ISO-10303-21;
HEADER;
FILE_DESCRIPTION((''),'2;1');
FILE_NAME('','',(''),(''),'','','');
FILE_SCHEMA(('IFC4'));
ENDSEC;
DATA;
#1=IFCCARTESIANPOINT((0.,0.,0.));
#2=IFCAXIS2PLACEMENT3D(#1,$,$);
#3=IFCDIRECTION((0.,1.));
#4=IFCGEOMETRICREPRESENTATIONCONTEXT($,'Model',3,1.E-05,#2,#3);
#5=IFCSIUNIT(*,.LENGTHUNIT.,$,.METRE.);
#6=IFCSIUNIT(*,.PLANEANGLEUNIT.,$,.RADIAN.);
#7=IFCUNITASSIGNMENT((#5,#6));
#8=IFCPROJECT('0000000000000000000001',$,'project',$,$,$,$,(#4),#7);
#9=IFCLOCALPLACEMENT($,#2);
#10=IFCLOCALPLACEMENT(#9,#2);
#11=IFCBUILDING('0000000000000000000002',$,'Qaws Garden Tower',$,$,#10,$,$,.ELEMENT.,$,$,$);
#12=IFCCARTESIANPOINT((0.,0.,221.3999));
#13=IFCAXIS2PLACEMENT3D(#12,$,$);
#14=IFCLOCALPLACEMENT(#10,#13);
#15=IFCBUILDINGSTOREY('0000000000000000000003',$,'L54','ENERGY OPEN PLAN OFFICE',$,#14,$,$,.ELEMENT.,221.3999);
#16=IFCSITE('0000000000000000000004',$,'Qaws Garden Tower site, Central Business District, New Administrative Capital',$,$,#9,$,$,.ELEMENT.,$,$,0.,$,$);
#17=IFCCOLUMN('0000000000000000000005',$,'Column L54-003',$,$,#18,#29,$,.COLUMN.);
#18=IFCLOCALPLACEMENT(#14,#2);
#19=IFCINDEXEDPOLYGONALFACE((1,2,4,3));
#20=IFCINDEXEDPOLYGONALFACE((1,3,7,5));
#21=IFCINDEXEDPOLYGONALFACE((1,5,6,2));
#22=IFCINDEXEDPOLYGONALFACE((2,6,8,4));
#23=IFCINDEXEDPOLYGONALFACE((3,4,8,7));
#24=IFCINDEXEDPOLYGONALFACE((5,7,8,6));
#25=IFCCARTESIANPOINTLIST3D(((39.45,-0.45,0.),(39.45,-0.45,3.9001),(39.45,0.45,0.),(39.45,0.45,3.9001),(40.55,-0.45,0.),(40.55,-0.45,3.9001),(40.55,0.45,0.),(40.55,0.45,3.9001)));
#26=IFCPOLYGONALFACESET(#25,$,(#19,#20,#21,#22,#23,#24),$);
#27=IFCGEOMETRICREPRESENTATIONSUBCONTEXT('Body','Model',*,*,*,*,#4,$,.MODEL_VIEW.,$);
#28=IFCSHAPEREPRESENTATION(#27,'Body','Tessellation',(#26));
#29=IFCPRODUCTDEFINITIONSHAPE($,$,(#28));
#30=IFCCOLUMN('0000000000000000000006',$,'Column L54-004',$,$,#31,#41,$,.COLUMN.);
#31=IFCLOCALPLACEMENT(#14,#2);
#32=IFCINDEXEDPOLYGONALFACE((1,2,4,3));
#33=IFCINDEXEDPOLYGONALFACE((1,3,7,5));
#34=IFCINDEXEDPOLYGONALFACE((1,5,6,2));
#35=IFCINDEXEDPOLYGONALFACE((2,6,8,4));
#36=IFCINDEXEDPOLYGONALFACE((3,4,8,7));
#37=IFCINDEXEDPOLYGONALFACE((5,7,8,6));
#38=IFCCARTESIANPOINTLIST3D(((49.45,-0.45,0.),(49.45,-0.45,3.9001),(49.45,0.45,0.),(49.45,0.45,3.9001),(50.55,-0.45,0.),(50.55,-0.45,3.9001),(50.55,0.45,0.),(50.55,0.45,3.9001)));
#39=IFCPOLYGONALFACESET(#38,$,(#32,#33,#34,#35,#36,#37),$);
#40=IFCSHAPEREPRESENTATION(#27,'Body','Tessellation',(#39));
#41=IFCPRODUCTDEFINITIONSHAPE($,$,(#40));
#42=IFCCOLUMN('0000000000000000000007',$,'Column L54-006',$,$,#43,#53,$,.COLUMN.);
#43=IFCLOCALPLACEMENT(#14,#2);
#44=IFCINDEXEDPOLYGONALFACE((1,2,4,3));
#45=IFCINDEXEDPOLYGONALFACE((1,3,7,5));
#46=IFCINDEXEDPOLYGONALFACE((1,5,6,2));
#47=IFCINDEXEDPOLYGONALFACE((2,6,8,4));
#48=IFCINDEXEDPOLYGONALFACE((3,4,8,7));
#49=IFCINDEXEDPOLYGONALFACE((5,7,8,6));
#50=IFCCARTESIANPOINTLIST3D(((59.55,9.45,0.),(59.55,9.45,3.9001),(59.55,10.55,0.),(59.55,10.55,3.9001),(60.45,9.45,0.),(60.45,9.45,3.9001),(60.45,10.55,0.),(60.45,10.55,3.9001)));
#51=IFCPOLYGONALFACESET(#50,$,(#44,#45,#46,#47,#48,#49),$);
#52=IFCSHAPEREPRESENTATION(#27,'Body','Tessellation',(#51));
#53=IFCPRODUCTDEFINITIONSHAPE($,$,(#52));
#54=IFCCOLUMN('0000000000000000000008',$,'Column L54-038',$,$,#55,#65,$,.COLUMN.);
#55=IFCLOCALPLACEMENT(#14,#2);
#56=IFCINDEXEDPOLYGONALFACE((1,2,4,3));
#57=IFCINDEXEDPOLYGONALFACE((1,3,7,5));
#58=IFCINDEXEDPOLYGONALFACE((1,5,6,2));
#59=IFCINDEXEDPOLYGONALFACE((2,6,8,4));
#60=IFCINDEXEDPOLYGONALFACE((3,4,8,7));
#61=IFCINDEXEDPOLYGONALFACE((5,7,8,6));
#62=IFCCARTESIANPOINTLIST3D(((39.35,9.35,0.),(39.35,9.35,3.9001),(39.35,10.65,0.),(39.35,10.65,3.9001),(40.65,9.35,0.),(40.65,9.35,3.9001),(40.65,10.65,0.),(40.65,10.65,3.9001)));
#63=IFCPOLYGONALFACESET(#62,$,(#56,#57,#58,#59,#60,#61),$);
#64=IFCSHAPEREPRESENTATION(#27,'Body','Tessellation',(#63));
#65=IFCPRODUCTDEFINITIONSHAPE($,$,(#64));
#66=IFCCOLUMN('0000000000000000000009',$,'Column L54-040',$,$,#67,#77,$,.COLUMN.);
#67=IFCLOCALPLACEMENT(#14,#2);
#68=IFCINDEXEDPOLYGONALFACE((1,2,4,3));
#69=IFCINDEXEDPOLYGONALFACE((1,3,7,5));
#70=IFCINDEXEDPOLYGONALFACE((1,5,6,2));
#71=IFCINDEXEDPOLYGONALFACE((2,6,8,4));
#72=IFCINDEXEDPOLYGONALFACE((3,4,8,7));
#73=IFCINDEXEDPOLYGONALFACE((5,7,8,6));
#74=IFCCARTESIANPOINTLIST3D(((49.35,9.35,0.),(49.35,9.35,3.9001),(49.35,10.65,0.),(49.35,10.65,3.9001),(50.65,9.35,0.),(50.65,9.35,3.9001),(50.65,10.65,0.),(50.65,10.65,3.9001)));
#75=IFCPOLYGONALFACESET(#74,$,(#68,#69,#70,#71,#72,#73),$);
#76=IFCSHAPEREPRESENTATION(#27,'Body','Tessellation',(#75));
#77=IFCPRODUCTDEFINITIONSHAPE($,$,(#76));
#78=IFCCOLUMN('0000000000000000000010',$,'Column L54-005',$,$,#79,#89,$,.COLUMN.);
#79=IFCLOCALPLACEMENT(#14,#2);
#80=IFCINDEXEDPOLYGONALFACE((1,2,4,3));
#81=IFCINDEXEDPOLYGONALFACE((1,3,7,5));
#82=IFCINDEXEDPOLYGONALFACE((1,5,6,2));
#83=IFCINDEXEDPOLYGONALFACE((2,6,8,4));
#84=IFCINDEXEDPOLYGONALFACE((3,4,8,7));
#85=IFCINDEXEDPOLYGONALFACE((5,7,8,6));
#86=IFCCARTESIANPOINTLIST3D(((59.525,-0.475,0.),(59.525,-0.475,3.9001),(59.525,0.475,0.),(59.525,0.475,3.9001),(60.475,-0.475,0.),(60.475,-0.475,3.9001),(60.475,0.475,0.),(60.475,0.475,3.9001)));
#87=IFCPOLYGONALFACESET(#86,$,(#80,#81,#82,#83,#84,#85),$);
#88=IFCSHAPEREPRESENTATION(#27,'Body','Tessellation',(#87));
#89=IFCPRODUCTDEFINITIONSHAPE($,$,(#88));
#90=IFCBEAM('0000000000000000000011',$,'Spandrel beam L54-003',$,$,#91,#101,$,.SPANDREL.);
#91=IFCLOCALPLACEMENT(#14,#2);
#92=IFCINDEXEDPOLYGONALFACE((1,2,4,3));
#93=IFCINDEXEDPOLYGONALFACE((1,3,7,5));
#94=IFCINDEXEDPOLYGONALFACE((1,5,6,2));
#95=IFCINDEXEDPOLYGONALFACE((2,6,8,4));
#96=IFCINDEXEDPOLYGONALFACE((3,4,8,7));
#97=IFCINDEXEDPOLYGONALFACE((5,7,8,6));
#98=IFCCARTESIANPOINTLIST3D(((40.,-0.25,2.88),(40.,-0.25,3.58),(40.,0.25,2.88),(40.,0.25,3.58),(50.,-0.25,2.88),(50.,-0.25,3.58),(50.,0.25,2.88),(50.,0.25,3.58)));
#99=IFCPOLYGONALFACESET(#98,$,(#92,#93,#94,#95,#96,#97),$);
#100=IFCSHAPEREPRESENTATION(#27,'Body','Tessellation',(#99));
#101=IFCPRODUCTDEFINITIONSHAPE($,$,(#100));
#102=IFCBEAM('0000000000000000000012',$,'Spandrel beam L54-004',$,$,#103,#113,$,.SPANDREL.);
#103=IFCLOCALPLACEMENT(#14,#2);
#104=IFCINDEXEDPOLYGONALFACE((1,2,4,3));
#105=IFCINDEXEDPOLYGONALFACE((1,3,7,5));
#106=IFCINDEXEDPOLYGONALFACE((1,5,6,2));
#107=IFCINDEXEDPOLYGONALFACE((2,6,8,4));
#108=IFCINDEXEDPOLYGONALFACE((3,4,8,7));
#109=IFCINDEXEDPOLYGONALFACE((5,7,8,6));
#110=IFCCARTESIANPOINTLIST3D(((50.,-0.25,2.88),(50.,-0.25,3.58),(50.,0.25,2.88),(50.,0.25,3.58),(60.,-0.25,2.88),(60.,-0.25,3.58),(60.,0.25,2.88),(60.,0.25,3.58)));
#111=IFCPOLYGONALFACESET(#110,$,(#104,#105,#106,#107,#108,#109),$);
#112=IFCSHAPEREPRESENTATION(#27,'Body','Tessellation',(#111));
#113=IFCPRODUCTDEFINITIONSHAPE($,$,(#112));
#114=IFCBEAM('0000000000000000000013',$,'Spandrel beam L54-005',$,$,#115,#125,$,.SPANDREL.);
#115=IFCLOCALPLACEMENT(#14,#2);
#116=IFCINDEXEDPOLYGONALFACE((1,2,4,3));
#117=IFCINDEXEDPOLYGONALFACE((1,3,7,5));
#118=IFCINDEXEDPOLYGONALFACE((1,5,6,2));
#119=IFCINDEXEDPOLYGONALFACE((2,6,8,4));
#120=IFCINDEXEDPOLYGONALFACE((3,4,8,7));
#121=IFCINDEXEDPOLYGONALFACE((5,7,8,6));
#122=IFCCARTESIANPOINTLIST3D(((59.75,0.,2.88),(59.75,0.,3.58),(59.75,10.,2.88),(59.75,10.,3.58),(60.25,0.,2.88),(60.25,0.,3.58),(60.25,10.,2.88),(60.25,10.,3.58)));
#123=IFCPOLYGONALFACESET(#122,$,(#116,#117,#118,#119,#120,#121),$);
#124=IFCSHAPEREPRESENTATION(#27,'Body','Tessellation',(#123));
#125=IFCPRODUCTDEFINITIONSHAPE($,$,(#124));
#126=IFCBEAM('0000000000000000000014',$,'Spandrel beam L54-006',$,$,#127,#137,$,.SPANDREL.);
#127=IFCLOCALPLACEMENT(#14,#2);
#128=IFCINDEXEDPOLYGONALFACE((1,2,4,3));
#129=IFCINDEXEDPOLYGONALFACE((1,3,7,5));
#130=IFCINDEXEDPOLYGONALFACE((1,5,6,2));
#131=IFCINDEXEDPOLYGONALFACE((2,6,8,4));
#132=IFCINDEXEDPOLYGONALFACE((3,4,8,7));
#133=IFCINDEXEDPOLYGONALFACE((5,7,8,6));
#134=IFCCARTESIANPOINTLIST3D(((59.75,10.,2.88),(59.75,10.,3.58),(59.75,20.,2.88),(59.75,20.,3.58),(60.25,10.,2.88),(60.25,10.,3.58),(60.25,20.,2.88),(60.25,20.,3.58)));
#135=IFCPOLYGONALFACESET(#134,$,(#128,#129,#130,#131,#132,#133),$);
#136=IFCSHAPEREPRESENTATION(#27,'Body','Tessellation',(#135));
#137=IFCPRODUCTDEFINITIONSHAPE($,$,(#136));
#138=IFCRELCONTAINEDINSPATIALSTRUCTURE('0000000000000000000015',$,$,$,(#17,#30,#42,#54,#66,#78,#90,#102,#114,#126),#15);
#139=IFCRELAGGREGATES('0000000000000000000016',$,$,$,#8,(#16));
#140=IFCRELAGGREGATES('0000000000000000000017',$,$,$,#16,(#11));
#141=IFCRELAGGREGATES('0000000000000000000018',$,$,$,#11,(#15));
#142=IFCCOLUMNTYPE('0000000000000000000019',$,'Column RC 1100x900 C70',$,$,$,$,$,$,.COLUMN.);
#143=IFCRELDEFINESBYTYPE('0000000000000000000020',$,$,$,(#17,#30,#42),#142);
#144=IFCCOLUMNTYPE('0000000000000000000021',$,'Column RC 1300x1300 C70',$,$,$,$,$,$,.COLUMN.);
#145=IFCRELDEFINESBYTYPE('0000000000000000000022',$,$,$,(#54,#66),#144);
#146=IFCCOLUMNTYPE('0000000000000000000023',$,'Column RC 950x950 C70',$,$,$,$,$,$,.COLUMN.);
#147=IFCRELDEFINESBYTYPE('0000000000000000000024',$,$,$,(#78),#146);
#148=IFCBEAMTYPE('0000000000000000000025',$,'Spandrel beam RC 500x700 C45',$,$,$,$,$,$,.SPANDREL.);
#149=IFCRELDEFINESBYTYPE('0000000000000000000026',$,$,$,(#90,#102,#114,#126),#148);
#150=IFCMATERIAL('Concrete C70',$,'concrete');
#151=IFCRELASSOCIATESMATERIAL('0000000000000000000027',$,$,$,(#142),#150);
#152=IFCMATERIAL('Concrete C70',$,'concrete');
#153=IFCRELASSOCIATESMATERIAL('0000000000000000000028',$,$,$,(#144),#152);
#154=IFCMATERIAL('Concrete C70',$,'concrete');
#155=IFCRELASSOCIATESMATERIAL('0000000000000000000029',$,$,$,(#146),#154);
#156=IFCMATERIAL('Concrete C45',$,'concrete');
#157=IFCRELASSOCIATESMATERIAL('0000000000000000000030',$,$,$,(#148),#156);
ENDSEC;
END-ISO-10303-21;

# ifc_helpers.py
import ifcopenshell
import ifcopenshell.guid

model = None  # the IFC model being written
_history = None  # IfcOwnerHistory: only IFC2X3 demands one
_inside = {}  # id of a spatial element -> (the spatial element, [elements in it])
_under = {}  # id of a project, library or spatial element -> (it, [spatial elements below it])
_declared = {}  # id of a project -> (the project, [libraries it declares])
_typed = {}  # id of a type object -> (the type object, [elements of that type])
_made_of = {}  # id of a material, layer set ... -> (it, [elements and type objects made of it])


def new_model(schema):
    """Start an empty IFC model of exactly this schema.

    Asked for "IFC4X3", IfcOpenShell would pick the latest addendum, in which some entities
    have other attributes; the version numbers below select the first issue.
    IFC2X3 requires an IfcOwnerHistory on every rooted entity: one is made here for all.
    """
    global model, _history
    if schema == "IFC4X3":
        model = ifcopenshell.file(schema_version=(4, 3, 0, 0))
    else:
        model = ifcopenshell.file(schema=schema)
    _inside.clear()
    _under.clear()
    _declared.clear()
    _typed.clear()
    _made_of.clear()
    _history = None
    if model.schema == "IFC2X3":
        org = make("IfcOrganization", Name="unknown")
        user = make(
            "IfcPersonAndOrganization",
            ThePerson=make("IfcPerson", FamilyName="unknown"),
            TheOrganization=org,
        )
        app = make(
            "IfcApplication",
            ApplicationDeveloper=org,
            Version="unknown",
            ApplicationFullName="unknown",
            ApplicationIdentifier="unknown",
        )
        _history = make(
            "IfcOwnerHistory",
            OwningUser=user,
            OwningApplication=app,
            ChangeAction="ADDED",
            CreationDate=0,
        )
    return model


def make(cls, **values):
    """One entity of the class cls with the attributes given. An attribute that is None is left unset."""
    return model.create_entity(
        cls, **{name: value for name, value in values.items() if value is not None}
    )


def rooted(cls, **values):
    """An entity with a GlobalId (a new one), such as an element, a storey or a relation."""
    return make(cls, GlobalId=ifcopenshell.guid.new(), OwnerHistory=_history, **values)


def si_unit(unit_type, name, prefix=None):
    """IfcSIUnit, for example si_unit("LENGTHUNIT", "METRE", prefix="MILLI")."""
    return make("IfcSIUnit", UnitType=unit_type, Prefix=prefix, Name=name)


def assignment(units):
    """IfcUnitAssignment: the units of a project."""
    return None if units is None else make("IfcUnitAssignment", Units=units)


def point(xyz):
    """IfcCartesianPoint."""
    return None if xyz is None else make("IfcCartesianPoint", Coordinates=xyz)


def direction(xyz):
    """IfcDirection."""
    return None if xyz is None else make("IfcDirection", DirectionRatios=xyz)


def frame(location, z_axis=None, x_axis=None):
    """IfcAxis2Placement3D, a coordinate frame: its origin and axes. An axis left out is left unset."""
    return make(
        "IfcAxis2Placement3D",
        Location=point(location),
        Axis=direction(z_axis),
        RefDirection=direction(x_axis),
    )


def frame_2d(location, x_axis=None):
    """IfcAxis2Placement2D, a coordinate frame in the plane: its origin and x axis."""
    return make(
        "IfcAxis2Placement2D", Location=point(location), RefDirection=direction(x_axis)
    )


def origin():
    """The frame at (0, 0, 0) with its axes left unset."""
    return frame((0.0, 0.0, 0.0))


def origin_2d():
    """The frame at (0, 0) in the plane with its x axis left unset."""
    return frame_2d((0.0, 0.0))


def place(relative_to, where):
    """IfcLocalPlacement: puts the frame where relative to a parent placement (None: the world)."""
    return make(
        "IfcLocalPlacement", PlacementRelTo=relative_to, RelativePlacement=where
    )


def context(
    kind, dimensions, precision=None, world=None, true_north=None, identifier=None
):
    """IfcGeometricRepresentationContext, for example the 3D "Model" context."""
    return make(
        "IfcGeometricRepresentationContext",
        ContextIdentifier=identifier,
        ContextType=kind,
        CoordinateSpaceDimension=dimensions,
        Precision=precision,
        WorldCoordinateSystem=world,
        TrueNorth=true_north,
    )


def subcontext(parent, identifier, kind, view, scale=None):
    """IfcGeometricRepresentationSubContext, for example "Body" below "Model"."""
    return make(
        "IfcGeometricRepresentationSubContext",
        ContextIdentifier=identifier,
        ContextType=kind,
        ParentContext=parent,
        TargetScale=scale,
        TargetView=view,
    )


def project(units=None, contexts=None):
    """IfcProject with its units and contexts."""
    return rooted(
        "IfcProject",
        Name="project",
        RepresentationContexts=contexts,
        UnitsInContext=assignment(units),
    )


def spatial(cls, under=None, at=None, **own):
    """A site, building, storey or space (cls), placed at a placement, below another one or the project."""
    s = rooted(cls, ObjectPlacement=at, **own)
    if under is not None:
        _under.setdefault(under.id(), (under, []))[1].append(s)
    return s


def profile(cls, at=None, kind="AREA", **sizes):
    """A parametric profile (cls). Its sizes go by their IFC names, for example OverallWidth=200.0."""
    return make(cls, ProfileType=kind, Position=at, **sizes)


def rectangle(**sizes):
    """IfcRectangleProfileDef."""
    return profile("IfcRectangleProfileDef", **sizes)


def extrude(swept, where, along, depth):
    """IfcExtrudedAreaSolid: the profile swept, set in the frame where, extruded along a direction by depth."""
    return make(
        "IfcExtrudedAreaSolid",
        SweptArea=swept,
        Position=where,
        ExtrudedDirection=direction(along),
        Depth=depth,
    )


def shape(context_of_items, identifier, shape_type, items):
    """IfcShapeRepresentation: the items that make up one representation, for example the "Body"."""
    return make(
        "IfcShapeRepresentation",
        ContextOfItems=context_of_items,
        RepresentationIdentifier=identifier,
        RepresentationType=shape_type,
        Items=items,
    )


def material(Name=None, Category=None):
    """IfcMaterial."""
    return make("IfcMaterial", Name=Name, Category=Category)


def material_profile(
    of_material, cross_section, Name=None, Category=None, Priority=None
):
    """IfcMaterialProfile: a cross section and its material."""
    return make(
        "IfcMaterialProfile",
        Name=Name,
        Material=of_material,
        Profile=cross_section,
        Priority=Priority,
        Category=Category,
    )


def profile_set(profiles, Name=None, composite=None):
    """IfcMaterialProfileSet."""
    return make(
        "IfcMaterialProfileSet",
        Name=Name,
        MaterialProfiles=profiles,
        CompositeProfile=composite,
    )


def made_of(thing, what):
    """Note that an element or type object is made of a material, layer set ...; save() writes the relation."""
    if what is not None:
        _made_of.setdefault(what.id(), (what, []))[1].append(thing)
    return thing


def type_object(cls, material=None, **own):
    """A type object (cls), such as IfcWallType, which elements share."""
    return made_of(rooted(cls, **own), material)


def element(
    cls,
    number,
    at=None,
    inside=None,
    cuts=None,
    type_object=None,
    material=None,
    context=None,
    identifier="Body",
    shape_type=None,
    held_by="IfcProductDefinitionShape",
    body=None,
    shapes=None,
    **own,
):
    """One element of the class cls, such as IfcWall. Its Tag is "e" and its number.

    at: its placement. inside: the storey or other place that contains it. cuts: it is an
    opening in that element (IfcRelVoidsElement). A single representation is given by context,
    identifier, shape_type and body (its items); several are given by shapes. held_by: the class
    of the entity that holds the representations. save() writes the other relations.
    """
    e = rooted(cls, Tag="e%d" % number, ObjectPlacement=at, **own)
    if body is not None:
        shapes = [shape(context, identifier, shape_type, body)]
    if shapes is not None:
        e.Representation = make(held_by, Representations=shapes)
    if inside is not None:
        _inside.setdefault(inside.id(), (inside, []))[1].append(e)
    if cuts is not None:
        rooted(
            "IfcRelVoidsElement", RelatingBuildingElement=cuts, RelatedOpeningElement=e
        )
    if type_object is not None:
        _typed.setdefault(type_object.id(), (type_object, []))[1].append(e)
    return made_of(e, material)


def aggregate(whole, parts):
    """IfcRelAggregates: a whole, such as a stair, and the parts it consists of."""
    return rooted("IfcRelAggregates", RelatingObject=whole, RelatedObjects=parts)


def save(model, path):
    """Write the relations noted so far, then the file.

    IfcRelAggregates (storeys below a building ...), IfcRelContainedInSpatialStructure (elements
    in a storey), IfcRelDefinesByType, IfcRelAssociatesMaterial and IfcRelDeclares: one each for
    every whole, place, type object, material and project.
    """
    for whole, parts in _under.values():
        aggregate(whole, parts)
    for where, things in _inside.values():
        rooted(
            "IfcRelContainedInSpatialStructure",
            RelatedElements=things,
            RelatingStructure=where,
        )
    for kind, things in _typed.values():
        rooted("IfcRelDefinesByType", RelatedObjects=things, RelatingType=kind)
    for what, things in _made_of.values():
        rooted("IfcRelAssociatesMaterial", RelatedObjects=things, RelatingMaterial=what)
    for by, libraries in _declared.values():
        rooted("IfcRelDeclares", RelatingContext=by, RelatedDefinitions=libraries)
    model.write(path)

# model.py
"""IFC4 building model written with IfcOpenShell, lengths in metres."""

from ifc_helpers import new_model, si_unit, direction, frame, origin, origin_2d, place, context, subcontext, project, spatial, rectangle, extrude, material, material_profile, profile_set, type_object, element, save


model = new_model("IFC4")

# Units and contexts
model_context = context("Model", 3, precision=1e-05, world=origin(), true_north=direction((0.0, 1.0)))
body_context = subcontext(model_context, "Body", "Model", "MODEL_VIEW")
ifc_project = project(units=[si_unit("LENGTHUNIT", "METRE"), si_unit("PLANEANGLEUNIT", "RADIAN")], contexts=[model_context])

# Site, building, storey
site_placement = place(None, origin())
site = spatial("IfcSite", under=ifc_project, at=site_placement, Name="Qaws Garden Tower site, Central Business District, New Administrative Capital", CompositionType="ELEMENT", RefElevation=0.0)
building_placement = place(site_placement, origin())
building = spatial("IfcBuilding", under=site, at=building_placement, Name="Qaws Garden Tower", CompositionType="ELEMENT")
storey_placement = place(building_placement, frame((0.0, 0.0, 221.3999)))
storey = spatial("IfcBuildingStorey", under=building, at=storey_placement, Name="L54", Description="ENERGY OPEN PLAN OFFICE", CompositionType="ELEMENT", Elevation=221.3999)

# Columns
ifc_material_1 = material(Name="Concrete C70", Category="concrete")
ifc_material_profile_1 = material_profile(ifc_material_1, rectangle(XDim=1.1001, YDim=0.8999, at=origin_2d()), Name="RC 1100x900")
ifc_profile_set_1 = profile_set([ifc_material_profile_1], Name="Concrete C70")
column_type_1 = type_object("IfcColumnType", Name="Column RC 1100x900 C70", PredefinedType="COLUMN", material=ifc_profile_set_1)
for number, where, z_axis, x_axis, name in (
    (1, (40.0, 0.0, 0.0), (0.0, 0.0, 1.0), (1.0, 0.0, 0.0), "Column L54-003"),
    (2, (50.0, 0.0, 0.0), (0.0, 0.0, 1.0), (1.0, 0.0, 0.0), "Column L54-004"),
    (3, (60.0, 10.0, 0.0), (0.0, 0.0, 1.0), (0.0, 1.0, 0.0), "Column L54-006"),
):
    element("IfcColumn", number, at=place(storey_placement, frame(where, z_axis=z_axis, x_axis=x_axis)), inside=storey, type_object=column_type_1, Name=name, PredefinedType="COLUMN", context=body_context, shape_type="SweptSolid", body=[
        extrude(rectangle(XDim=1.1001, YDim=0.8999, at=origin_2d()), origin(), (0.0, 0.0, 1.0), 3.9001),
    ])
ifc_material_2 = material(Name="Concrete C70", Category="concrete")
ifc_material_profile_2 = material_profile(ifc_material_2, rectangle(XDim=1.3, YDim=1.3, at=origin_2d()), Name="RC 1300x1300")
ifc_profile_set_2 = profile_set([ifc_material_profile_2], Name="Concrete C70")
column_type_2 = type_object("IfcColumnType", Name="Column RC 1300x1300 C70", PredefinedType="COLUMN", material=ifc_profile_set_2)
for number, where, z_axis, x_axis, name in (
    (4, (40.0, 10.0, 0.0), (0.0, 0.0, 1.0), (1.0, 0.0, 0.0), "Column L54-038"),
    (5, (50.0, 10.0, 0.0), (0.0, 0.0, 1.0), (1.0, 0.0, 0.0), "Column L54-040"),
):
    element("IfcColumn", number, at=place(storey_placement, frame(where, z_axis=z_axis, x_axis=x_axis)), inside=storey, type_object=column_type_2, Name=name, PredefinedType="COLUMN", context=body_context, shape_type="SweptSolid", body=[
        extrude(rectangle(XDim=1.3, YDim=1.3, at=origin_2d()), origin(), (0.0, 0.0, 1.0), 3.9001),
    ])
ifc_material_3 = material(Name="Concrete C70", Category="concrete")
ifc_material_profile_3 = material_profile(ifc_material_3, rectangle(XDim=0.95, YDim=0.95, at=origin_2d()), Name="RC 950x950")
ifc_profile_set_3 = profile_set([ifc_material_profile_3], Name="Concrete C70")
column_type_3 = type_object("IfcColumnType", Name="Column RC 950x950 C70", PredefinedType="COLUMN", material=ifc_profile_set_3)
column_placement = place(storey_placement, frame((60.0, 0.0, 0.0), z_axis=(0.0, 0.0, 1.0), x_axis=(1.0, 0.0, 0.0)))
element("IfcColumn", 6, at=column_placement, inside=storey, type_object=column_type_3, Name="Column L54-005", PredefinedType="COLUMN", context=body_context, shape_type="SweptSolid", body=[
    extrude(rectangle(XDim=0.95, YDim=0.95, at=origin_2d()), origin(), (0.0, 0.0, 1.0), 3.9001),
])

# Beams
ifc_material_4 = material(Name="Concrete C45", Category="concrete")
ifc_material_profile_4 = material_profile(ifc_material_4, rectangle(XDim=0.5, YDim=0.7, at=origin_2d()), Name="RC 500x700")
ifc_profile_set_4 = profile_set([ifc_material_profile_4], Name="Concrete C45")
beam_type = type_object("IfcBeamType", Name="Spandrel beam RC 500x700 C45", PredefinedType="SPANDREL", material=ifc_profile_set_4)
for number, where, z_axis, x_axis, name in (
    (7, (40.0, 0.0, 3.23), (1.0, 0.0, 0.0), (0.0, 1.0, 0.0), "Spandrel beam L54-003"),
    (8, (50.0, 0.0, 3.23), (1.0, 0.0, 0.0), (0.0, 1.0, 0.0), "Spandrel beam L54-004"),
    (9, (60.0, 0.0, 3.23), (0.0, 1.0, 0.0), (-1.0, 0.0, 0.0), "Spandrel beam L54-005"),
    (10, (60.0, 10.0, 3.23), (0.0, 1.0, 0.0), (-1.0, 0.0, 0.0), "Spandrel beam L54-006"),
):
    element("IfcBeam", number, at=place(storey_placement, frame(where, z_axis=z_axis, x_axis=x_axis)), inside=storey, type_object=beam_type, Name=name, PredefinedType="SPANDREL", context=body_context, shape_type="SweptSolid", body=[
        extrude(rectangle(XDim=0.5, YDim=0.7, at=origin_2d()), origin(), (0.0, 0.0, 1.0), 10.0),
    ])

save(model, "model.ifc")
